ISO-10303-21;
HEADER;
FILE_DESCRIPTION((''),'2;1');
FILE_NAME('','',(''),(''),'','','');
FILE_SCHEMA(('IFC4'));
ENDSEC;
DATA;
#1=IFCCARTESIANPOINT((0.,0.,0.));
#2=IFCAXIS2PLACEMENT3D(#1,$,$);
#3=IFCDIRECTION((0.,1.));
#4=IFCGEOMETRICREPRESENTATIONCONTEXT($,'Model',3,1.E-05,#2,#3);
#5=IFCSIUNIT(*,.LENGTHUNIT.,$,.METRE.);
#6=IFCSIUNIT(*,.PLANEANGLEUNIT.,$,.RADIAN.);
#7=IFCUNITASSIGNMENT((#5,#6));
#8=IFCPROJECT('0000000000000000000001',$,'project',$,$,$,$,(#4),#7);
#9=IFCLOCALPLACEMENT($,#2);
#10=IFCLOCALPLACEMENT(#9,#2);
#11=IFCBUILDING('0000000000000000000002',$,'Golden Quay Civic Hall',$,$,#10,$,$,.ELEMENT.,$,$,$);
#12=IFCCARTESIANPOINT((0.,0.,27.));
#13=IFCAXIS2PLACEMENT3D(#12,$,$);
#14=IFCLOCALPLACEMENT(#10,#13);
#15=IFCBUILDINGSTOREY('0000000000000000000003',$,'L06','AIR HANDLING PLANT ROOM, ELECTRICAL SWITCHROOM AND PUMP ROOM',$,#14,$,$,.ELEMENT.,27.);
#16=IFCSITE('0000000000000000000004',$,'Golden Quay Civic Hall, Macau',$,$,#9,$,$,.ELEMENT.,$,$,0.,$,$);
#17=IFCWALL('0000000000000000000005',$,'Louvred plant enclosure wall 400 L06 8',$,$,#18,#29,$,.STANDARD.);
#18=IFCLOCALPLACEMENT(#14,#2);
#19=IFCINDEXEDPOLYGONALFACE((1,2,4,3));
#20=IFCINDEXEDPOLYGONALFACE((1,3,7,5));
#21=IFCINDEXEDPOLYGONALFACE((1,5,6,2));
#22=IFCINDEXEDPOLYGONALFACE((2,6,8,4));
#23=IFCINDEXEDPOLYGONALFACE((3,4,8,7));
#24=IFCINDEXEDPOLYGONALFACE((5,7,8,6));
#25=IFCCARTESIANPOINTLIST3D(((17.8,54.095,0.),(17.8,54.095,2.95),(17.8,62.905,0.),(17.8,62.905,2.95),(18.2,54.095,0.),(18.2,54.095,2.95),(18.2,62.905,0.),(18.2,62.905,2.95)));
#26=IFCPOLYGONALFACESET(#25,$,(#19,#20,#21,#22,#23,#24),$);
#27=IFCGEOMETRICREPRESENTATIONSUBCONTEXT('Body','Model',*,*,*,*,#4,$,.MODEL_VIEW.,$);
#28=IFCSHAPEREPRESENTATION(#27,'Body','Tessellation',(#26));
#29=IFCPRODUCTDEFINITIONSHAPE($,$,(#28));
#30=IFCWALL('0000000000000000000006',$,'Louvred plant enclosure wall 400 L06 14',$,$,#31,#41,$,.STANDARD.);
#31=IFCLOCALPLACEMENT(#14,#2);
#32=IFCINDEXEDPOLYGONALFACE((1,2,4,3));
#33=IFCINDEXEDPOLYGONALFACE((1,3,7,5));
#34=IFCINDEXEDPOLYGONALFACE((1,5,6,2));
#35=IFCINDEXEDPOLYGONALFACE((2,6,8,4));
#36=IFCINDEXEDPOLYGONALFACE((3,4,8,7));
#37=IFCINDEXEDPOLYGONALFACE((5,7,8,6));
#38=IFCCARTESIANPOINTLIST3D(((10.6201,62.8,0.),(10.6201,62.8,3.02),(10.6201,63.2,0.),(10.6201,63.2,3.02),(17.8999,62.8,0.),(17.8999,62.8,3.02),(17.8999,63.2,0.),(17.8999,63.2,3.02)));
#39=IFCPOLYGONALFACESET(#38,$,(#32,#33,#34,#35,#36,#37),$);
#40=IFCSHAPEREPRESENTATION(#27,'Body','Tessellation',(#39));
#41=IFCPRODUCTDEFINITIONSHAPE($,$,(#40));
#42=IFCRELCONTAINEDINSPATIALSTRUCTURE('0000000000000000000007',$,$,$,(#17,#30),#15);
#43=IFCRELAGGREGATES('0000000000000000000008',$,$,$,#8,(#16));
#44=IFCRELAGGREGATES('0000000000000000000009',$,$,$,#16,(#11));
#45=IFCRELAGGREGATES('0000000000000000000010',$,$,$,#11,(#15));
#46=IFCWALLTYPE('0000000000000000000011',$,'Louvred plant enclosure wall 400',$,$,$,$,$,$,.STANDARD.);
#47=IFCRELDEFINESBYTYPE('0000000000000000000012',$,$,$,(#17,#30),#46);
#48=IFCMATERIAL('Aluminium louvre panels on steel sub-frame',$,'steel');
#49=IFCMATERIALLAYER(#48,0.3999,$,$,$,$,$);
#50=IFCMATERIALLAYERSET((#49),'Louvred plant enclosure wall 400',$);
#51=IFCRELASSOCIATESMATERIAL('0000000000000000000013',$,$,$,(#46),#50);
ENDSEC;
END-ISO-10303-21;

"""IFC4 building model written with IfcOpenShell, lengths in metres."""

from ifc_helpers import new_model, si_unit, direction, frame, frame_2d, origin, place, context, subcontext, project, spatial, rectangle, extrude, material, layer, layer_set, type_object, element, save


model = new_model("IFC4")

# Units and contexts
model_context = context("Model", 3, precision=1e-05, world=origin(), true_north=direction((0.0, 1.0)))
body_context = subcontext(model_context, "Body", "Model", "MODEL_VIEW")
ifc_project = project(units=[si_unit("LENGTHUNIT", "METRE"), si_unit("PLANEANGLEUNIT", "RADIAN")], contexts=[model_context])

# Site, building, storey
site_placement = place(None, origin())
site = spatial("IfcSite", under=ifc_project, at=site_placement, Name="Golden Quay Civic Hall, Macau", CompositionType="ELEMENT", RefElevation=0.0)
building_placement = place(site_placement, origin())
building = spatial("IfcBuilding", under=site, at=building_placement, Name="Golden Quay Civic Hall", CompositionType="ELEMENT")
storey_placement = place(building_placement, frame((0.0, 0.0, 27.0)))
storey = spatial("IfcBuildingStorey", under=building, at=storey_placement, Name="L06", Description="AIR HANDLING PLANT ROOM, ELECTRICAL SWITCHROOM AND PUMP ROOM", CompositionType="ELEMENT", Elevation=27.0)

# Walls
ifc_material_1 = material(Name="Aluminium louvre panels on steel sub-frame", Category="steel")
ifc_layer = layer(ifc_material_1, 0.3999)
ifc_layer_set = layer_set([ifc_layer], Name="Louvred plant enclosure wall 400")
wall_type = type_object("IfcWallType", Name="Louvred plant enclosure wall 400", PredefinedType="STANDARD", material=ifc_layer_set)
wall_1_placement = place(storey_placement, frame((18.0, 62.905, 0.0), z_axis=(0.0, 0.0, 1.0), x_axis=(0.0, -1.0, 0.0)))
element("IfcWall", 1, at=wall_1_placement, inside=storey, type_object=wall_type, Name="Louvred plant enclosure wall 400 L06 8", PredefinedType="STANDARD", context=body_context, shape_type="SweptSolid", body=[
    extrude(rectangle(XDim=8.8101, YDim=0.3999, at=frame_2d((4.405, 0.0))), origin(), (0.0, 0.0, 1.0), 2.95),
])
wall_2_placement = place(storey_placement, frame((10.6201, 63.0, 0.0), z_axis=(0.0, 0.0, 1.0), x_axis=(1.0, 0.0, 0.0)))
element("IfcWall", 2, at=wall_2_placement, inside=storey, type_object=wall_type, Name="Louvred plant enclosure wall 400 L06 14", PredefinedType="STANDARD", context=body_context, shape_type="SweptSolid", body=[
    extrude(rectangle(XDim=7.2798, YDim=0.3999, at=frame_2d((3.6399, 0.0))), origin(), (0.0, 0.0, 1.0), 3.02),
])

save(model, "model.ifc")
